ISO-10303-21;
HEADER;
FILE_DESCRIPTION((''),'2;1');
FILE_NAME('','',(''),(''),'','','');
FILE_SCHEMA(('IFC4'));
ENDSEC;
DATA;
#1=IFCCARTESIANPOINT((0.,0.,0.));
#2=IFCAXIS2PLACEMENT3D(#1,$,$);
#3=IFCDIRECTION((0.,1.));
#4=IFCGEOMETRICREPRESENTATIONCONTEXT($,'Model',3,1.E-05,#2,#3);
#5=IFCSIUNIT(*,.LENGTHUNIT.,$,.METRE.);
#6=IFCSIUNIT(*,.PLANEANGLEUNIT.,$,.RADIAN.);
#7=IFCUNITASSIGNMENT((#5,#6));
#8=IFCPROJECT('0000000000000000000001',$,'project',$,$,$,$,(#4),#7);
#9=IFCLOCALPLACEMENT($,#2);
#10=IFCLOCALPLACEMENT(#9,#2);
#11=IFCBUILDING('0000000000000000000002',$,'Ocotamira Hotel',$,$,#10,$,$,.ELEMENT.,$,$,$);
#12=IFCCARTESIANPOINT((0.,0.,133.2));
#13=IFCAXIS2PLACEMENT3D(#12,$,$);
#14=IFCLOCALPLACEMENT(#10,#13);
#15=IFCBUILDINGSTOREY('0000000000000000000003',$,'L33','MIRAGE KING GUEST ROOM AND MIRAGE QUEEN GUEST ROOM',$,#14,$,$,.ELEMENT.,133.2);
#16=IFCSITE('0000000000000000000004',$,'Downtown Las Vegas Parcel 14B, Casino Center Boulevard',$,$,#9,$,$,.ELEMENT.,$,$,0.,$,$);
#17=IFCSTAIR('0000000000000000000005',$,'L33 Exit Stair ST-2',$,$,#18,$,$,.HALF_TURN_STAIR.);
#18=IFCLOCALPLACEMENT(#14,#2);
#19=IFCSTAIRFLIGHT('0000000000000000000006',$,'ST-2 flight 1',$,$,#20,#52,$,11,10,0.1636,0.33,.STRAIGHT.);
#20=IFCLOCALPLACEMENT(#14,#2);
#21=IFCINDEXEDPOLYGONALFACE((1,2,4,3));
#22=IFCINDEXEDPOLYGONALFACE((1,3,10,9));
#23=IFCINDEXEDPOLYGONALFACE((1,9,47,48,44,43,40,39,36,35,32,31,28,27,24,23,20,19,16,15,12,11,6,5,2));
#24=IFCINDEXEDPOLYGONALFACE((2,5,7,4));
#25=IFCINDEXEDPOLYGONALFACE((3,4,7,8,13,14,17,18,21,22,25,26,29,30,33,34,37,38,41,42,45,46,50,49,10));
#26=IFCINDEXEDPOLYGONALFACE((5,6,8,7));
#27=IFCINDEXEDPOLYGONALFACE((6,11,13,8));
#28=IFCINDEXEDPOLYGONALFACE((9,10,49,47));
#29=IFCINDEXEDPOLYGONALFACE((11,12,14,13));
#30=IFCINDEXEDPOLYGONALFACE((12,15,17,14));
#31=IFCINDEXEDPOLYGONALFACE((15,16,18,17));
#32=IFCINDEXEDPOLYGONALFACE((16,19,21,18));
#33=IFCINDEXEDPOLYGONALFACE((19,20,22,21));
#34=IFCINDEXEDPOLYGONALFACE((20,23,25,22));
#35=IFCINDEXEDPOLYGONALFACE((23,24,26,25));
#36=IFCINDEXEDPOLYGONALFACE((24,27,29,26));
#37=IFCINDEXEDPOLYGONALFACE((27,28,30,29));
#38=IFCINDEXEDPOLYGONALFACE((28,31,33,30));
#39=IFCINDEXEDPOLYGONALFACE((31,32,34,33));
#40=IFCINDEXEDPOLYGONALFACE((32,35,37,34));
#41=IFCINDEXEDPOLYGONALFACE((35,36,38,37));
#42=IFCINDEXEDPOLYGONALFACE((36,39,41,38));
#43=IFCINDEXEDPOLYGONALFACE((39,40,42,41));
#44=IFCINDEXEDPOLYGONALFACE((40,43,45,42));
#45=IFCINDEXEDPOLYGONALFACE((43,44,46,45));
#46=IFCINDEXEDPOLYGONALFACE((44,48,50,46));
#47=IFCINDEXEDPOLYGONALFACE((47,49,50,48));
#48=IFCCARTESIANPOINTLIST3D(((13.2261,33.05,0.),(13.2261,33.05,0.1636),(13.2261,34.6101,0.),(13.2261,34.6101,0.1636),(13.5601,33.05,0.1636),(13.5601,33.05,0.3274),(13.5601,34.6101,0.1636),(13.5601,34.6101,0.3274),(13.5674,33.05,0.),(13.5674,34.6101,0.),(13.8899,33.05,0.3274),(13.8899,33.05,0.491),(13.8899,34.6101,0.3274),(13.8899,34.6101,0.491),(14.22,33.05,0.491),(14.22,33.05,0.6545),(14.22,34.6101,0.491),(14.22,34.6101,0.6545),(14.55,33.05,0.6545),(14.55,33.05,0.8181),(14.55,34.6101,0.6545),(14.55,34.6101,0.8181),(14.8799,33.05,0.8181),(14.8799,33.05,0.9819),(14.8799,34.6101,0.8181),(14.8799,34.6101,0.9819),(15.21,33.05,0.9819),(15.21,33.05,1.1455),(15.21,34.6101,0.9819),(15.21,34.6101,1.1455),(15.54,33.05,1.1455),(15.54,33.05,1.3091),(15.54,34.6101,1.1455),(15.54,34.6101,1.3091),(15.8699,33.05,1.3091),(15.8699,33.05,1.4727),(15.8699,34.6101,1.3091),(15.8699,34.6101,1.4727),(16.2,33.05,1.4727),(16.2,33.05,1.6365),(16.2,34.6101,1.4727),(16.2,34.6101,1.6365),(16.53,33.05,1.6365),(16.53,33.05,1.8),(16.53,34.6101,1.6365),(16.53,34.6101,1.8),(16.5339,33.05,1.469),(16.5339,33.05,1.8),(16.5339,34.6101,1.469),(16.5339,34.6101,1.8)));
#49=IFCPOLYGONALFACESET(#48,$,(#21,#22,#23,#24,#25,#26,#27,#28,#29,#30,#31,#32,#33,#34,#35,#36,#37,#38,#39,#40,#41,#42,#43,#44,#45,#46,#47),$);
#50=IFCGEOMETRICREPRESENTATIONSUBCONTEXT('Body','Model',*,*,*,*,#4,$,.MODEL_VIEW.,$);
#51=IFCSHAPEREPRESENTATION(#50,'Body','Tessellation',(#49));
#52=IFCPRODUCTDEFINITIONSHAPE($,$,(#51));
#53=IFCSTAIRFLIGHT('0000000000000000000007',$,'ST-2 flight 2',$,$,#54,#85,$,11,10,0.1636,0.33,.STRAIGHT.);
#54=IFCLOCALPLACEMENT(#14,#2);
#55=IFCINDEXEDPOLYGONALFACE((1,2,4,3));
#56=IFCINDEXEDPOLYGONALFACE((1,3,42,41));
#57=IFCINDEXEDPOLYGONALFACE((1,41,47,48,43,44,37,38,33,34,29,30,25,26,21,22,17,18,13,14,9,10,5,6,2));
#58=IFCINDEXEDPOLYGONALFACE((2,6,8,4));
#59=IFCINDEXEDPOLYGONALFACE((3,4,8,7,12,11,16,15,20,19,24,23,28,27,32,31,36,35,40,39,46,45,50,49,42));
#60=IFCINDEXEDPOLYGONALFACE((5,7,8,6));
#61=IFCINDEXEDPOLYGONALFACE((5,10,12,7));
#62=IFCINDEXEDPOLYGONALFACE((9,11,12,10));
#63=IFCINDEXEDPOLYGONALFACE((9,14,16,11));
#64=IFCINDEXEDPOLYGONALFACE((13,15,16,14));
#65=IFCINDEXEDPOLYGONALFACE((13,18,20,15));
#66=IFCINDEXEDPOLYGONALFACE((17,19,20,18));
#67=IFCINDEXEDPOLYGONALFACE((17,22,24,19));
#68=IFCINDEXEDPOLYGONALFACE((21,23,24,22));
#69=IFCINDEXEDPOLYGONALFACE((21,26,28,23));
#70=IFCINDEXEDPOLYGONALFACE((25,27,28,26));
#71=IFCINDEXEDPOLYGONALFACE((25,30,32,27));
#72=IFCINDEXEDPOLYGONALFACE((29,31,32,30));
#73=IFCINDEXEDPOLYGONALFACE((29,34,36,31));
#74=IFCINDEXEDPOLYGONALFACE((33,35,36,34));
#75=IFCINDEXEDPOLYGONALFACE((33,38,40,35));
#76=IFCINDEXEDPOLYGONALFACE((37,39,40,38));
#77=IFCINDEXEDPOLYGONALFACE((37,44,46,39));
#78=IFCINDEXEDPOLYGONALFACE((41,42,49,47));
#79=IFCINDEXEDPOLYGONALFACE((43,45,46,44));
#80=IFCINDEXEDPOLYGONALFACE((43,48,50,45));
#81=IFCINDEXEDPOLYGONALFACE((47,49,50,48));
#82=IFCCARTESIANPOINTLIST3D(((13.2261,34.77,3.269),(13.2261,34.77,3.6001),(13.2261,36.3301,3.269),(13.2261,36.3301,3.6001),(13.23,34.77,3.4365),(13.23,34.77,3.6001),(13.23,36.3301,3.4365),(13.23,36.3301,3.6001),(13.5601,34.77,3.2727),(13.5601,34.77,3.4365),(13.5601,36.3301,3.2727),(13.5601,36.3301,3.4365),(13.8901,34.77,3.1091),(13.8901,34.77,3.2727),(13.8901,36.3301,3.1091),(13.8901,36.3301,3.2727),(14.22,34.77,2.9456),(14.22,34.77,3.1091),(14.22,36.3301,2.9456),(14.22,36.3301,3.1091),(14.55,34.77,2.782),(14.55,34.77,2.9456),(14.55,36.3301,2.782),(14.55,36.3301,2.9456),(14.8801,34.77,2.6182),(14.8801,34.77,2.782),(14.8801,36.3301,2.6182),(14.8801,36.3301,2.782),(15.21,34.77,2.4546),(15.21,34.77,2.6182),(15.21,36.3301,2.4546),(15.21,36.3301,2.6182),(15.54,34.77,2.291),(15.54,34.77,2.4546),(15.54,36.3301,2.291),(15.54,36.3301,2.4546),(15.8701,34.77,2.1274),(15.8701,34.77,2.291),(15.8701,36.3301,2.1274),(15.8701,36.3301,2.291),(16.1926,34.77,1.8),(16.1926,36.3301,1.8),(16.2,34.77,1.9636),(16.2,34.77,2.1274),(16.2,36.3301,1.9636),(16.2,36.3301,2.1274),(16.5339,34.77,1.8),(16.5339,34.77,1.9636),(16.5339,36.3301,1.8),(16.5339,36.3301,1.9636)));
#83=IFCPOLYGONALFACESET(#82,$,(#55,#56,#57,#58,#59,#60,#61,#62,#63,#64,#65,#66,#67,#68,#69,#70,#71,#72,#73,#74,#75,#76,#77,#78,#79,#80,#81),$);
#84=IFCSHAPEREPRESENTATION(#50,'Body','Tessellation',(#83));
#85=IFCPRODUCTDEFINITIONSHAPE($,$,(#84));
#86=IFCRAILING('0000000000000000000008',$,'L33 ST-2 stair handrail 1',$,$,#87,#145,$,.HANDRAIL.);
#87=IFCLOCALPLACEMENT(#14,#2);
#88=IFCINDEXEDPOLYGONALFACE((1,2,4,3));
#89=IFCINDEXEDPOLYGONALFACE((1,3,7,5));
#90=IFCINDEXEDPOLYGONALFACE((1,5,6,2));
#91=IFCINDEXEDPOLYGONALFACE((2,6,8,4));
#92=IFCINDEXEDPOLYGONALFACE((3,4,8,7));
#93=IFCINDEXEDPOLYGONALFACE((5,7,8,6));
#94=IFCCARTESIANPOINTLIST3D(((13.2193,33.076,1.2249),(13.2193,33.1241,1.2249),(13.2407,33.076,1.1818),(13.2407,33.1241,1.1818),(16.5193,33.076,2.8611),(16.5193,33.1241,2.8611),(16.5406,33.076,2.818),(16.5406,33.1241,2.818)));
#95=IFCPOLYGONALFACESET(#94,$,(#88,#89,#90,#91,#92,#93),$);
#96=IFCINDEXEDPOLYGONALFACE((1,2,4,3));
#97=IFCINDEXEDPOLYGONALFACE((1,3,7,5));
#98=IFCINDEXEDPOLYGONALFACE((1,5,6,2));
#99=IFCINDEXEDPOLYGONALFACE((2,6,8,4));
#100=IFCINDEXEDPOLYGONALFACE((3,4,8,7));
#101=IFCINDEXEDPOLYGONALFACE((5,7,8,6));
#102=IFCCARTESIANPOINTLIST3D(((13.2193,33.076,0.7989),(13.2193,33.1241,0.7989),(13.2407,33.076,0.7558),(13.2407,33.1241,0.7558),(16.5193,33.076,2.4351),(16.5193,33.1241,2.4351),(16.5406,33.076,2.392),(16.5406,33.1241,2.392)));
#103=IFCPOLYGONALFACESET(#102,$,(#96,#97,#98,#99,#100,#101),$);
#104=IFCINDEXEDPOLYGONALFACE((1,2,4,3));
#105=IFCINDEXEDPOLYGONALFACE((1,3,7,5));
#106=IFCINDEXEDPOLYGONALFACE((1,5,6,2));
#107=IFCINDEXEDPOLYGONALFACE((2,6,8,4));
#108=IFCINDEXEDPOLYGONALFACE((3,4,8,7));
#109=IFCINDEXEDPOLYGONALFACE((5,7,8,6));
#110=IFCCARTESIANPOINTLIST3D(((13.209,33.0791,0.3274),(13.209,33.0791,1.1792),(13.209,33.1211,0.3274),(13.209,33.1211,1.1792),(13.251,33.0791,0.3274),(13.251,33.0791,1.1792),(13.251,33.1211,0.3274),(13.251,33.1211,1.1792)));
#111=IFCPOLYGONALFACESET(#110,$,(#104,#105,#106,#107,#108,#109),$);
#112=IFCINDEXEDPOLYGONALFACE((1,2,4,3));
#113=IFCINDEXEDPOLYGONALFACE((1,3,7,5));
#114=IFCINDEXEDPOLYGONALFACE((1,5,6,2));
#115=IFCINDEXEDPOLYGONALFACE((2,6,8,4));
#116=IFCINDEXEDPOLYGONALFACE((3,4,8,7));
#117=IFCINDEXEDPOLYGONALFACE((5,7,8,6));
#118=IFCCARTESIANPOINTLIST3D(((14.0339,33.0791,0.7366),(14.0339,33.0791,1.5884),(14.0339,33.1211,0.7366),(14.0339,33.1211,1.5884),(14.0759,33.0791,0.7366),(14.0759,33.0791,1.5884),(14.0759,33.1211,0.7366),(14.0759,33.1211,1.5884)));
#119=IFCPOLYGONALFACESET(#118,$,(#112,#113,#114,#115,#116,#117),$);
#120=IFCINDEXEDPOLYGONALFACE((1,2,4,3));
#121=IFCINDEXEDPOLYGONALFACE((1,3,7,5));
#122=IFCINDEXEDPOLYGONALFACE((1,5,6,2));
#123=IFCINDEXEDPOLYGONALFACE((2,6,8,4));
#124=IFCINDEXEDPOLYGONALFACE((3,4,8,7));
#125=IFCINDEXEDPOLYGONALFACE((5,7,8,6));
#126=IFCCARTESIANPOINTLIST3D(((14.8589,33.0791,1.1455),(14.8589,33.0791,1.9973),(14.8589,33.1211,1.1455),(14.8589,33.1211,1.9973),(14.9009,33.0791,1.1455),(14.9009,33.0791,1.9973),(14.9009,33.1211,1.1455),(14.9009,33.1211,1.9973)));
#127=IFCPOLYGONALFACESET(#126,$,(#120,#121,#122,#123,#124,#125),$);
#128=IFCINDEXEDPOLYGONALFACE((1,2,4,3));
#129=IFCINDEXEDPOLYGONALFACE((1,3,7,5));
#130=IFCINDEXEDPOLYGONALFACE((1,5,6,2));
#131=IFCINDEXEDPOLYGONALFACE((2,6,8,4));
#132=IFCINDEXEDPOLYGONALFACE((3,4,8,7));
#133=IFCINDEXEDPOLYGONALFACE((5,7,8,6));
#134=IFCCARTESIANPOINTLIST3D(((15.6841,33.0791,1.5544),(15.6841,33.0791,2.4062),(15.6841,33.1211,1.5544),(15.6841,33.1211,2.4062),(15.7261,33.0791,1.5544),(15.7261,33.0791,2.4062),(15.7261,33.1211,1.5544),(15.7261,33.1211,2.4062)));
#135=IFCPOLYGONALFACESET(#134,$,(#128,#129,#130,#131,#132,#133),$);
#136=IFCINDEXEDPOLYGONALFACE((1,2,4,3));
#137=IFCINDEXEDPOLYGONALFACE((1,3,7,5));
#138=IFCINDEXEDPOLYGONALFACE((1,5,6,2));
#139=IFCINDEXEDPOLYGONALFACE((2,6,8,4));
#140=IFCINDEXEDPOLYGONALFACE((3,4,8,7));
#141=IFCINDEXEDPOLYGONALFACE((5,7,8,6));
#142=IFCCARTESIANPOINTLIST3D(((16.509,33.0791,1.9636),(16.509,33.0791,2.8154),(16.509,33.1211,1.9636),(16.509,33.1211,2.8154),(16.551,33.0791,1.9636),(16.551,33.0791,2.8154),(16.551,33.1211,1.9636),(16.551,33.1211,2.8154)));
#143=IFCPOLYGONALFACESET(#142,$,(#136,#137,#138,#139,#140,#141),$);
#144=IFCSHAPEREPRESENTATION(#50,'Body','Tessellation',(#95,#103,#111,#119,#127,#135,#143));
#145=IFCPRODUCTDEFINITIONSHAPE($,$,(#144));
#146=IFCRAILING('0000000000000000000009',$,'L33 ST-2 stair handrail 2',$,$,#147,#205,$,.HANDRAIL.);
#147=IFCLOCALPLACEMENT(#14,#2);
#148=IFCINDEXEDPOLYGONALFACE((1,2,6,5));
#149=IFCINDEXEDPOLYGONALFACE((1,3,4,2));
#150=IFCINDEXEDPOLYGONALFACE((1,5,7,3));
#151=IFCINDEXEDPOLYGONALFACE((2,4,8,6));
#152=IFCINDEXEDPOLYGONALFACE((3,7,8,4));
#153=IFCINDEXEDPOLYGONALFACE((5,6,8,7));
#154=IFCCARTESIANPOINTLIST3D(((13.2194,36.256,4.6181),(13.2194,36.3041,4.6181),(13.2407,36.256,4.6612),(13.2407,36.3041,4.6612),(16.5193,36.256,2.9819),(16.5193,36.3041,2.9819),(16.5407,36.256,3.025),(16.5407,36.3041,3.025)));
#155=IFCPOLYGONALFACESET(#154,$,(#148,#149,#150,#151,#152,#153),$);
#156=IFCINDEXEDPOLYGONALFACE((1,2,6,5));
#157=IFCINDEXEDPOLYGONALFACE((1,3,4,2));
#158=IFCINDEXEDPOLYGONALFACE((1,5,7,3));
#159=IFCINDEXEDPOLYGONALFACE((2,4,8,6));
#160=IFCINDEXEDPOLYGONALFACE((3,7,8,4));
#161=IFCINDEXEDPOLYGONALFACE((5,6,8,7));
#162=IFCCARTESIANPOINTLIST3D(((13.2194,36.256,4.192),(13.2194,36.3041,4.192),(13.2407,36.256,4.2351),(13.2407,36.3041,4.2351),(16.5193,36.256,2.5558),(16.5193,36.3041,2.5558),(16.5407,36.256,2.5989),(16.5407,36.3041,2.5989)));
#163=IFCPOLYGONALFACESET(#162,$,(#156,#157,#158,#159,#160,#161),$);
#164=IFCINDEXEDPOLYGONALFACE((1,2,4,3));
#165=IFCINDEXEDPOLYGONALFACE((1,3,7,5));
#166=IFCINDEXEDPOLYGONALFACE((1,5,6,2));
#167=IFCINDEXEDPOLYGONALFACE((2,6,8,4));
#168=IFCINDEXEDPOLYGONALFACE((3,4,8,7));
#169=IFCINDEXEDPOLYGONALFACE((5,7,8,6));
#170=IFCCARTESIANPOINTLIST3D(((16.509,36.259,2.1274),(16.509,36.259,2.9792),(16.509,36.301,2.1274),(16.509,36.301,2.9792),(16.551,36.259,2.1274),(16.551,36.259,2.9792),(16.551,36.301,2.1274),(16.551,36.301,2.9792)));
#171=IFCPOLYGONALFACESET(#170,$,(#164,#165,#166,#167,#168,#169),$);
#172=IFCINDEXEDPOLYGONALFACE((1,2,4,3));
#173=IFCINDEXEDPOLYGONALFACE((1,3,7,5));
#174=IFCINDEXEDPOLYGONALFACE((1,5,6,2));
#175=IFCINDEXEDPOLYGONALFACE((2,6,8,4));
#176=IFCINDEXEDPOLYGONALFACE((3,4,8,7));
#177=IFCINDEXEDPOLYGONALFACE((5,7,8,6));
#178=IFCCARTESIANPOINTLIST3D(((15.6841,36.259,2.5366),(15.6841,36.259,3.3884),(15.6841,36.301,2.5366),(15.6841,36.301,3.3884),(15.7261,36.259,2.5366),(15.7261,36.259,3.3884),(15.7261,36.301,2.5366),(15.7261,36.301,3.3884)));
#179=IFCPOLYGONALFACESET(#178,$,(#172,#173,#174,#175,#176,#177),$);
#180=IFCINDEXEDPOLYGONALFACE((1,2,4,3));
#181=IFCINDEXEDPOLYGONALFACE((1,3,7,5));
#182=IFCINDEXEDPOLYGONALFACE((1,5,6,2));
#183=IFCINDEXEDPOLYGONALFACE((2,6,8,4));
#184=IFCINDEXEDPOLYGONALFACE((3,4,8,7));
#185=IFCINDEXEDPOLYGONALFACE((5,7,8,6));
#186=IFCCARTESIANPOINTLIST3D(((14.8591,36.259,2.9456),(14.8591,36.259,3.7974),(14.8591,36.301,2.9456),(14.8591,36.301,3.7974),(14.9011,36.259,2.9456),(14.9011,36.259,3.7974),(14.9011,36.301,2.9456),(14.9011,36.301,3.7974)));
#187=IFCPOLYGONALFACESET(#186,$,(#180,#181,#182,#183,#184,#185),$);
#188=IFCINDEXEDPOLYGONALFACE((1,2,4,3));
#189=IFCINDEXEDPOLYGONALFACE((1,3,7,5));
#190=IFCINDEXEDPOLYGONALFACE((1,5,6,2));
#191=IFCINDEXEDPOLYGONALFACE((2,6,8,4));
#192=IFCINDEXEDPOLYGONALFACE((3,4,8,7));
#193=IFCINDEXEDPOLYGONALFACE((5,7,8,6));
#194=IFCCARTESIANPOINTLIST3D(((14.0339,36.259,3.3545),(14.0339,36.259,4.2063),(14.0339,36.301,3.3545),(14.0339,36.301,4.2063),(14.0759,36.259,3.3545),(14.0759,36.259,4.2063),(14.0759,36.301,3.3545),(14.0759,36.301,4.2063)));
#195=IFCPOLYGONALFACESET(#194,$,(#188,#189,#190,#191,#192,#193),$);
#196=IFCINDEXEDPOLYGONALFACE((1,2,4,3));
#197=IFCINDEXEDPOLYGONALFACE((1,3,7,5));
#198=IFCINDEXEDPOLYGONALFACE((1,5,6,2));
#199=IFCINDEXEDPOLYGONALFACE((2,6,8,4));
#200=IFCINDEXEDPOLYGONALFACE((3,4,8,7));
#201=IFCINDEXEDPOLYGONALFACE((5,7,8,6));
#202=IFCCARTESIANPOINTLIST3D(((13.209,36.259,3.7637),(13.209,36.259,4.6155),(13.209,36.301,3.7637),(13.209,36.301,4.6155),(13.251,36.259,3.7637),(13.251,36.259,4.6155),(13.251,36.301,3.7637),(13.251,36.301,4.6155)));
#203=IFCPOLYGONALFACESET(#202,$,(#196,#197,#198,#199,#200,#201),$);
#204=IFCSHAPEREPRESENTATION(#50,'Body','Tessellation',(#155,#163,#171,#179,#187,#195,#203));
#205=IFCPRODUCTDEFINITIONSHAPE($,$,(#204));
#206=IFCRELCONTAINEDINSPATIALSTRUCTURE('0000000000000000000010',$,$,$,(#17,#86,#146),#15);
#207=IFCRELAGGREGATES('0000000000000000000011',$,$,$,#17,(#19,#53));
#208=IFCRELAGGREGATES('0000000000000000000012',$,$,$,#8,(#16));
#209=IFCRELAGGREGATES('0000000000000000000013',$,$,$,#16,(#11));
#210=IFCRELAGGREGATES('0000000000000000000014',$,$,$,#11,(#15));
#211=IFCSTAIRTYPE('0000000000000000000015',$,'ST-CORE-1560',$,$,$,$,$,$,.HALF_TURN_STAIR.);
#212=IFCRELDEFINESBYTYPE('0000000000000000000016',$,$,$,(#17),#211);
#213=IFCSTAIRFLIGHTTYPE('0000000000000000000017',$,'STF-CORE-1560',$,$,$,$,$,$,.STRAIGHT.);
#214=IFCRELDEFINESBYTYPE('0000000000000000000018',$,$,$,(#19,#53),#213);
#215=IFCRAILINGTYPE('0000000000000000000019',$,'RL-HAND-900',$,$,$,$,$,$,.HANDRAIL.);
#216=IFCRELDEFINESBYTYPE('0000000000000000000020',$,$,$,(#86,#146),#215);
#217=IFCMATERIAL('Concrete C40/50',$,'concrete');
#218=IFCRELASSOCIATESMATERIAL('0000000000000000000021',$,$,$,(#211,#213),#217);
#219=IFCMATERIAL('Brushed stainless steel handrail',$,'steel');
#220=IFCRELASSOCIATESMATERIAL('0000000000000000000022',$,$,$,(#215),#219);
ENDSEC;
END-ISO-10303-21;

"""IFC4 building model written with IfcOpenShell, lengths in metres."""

from ifc_helpers import new_model, si_unit, direction, frame, origin, origin_2d, place, context, subcontext, project, spatial, polyline, rectangle, outline, extrude, source, transform, mapped, material, type_object, element, aggregate, save


model = new_model("IFC4")

# Units and contexts
model_context = context("Model", 3, precision=1e-05, world=origin(), true_north=direction((0.0, 1.0)))
body_context = subcontext(model_context, "Body", "Model", "MODEL_VIEW")
ifc_project = project(units=[si_unit("LENGTHUNIT", "METRE"), si_unit("PLANEANGLEUNIT", "RADIAN")], contexts=[model_context])

# Site, building, storey
site_placement = place(None, origin())
site = spatial("IfcSite", under=ifc_project, at=site_placement, Name="Downtown Las Vegas Parcel 14B, Casino Center Boulevard", CompositionType="ELEMENT", RefElevation=0.0)
building_placement = place(site_placement, origin())
building = spatial("IfcBuilding", under=site, at=building_placement, Name="Ocotamira Hotel", CompositionType="ELEMENT")
storey_placement = place(building_placement, frame((0.0, 0.0, 133.2)))
storey = spatial("IfcBuildingStorey", under=building, at=storey_placement, Name="L33", Description="MIRAGE KING GUEST ROOM AND MIRAGE QUEEN GUEST ROOM", CompositionType="ELEMENT", Elevation=133.2)

# Stair, stair flights
ifc_material_1 = material(Name="Concrete C40/50", Category="concrete")
stair_type = type_object("IfcStairType", Name="ST-CORE-1560", PredefinedType="HALF_TURN_STAIR", material=ifc_material_1)
stair_placement = place(storey_placement, origin())
stair = element("IfcStair", 1, at=stair_placement, inside=storey, type_object=stair_type, Name="L33 Exit Stair ST-2", PredefinedType="HALF_TURN_STAIR")
stair_flight_type = type_object("IfcStairFlightType", Name="STF-CORE-1560", PredefinedType="STRAIGHT", material=ifc_material_1)
shared_shape_1 = source(origin(), body_context, "Body", "SweptSolid", [
    extrude(outline(polyline([(-0.0039, 0.0), (-0.0039, 0.1636), (0.3301, 0.1636), (0.3301, 0.3274), (0.6599, 0.3274), (0.6599, 0.491), (0.99, 0.491), (0.99, 0.6545), (1.3201, 0.6545), (1.3201, 0.8181), (1.6499, 0.8181), (1.6499, 0.9819), (1.98, 0.9819), (1.98, 1.1455), (2.3101, 1.1455), (2.3101, 1.3091), (2.6399, 1.3091), (2.6399, 1.4727), (2.97, 1.4727), (2.97, 1.6365), (3.3, 1.6365), (3.3, 1.8), (3.304, 1.8), (3.304, 1.469), (0.3374, 0.0), (-0.0039, 0.0)])), frame((0.0, 0.78, 0.0), z_axis=(0.0, -1.0, 0.0), x_axis=(1.0, 0.0, 0.0)), (0.0, 0.0, 1.0), 1.5601),
])
stair_flight_1_placement = place(storey_placement, frame((13.23, 33.8301, 0.0), z_axis=(0.0, 0.0, 1.0), x_axis=(1.0, 0.0, 0.0)))
stair_flight_1 = element("IfcStairFlight", 2, at=stair_flight_1_placement, type_object=stair_flight_type, Name="ST-2 flight 1", NumberOfRisers=11, NumberOfTreads=10, PredefinedType="STRAIGHT", RiserHeight=0.1636, TreadLength=0.33, context=body_context, shape_type="MappedRepresentation", body=[
    mapped(shared_shape_1, transform((0.0, 0.0, 0.0), scale=1.0)),
])
stair_flight_2_placement = place(storey_placement, frame((16.53, 35.55, 1.8), z_axis=(0.0, 0.0, 1.0), x_axis=(-1.0, 0.0, 0.0)))
stair_flight_2 = element("IfcStairFlight", 3, at=stair_flight_2_placement, type_object=stair_flight_type, Name="ST-2 flight 2", NumberOfRisers=11, NumberOfTreads=10, PredefinedType="STRAIGHT", RiserHeight=0.1636, TreadLength=0.33, context=body_context, shape_type="MappedRepresentation", body=[
    mapped(shared_shape_1, transform((0.0, 0.0, 0.0), scale=1.0)),
])
aggregate(stair, [stair_flight_1, stair_flight_2])

# Railings
ifc_material_2 = material(Name="Brushed stainless steel handrail", Category="steel")
railing_type_1 = type_object("IfcRailingType", Name="RL-HAND-900", PredefinedType="HANDRAIL", material=ifc_material_2)
railing_1_placement = place(storey_placement, frame((13.23, 33.1001, 0.3274)))
element("IfcRailing", 4, at=railing_1_placement, inside=storey, type_object=railing_type_1, Name="L33 ST-2 stair handrail 1", PredefinedType="HANDRAIL", context=body_context, shape_type="SweptSolid", body=[
    extrude(rectangle(XDim=0.0481, YDim=0.0481, at=origin_2d()), frame((0.0, 0.0, 0.876), z_axis=(0.89592, 0.0, 0.444215), x_axis=(0.0, 1.0, 0.0)), (0.0, 0.0, 1.0), 3.6833),
    extrude(rectangle(XDim=0.0481, YDim=0.0481, at=origin_2d()), frame((0.0, 0.0, 0.45), z_axis=(0.89592, 0.0, 0.444215), x_axis=(0.0, 1.0, 0.0)), (0.0, 0.0, 1.0), 3.6833),
    extrude(rectangle(XDim=0.042, YDim=0.042, at=origin_2d()), origin(), (0.0, 0.0, 1.0), 0.8518),
    extrude(rectangle(XDim=0.042, YDim=0.042, at=origin_2d()), frame((0.825, 0.0, 0.4092)), (0.0, 0.0, 1.0), 0.8518),
    extrude(rectangle(XDim=0.042, YDim=0.042, at=origin_2d()), frame((1.6499, 0.0, 0.8181)), (0.0, 0.0, 1.0), 0.8518),
    extrude(rectangle(XDim=0.042, YDim=0.042, at=origin_2d()), frame((2.4751, 0.0, 1.2271)), (0.0, 0.0, 1.0), 0.8518),
    extrude(rectangle(XDim=0.042, YDim=0.042, at=origin_2d()), frame((3.3, 0.0, 1.6362)), (0.0, 0.0, 1.0), 0.8518),
])
railing_2_placement = place(storey_placement, frame((16.53, 36.28, 2.1274)))
element("IfcRailing", 5, at=railing_2_placement, inside=storey, type_object=railing_type_1, Name="L33 ST-2 stair handrail 2", PredefinedType="HANDRAIL", context=body_context, shape_type="SweptSolid", body=[
    extrude(rectangle(XDim=0.0481, YDim=0.0481, at=origin_2d()), frame((0.0, 0.0, 0.876), z_axis=(-0.89592, 0.0, 0.444215), x_axis=(0.0, -1.0, 0.0)), (0.0, 0.0, 1.0), 3.6833),
    extrude(rectangle(XDim=0.0481, YDim=0.0481, at=origin_2d()), frame((0.0, 0.0, 0.45), z_axis=(-0.89592, 0.0, 0.444215), x_axis=(0.0, -1.0, 0.0)), (0.0, 0.0, 1.0), 3.6833),
    extrude(rectangle(XDim=0.042, YDim=0.042, at=origin_2d()), origin(), (0.0, 0.0, 1.0), 0.8518),
    extrude(rectangle(XDim=0.042, YDim=0.042, at=origin_2d()), frame((-0.825, 0.0, 0.4092)), (0.0, 0.0, 1.0), 0.8518),
    extrude(rectangle(XDim=0.042, YDim=0.042, at=origin_2d()), frame((-1.6499, 0.0, 0.8181)), (0.0, 0.0, 1.0), 0.8518),
    extrude(rectangle(XDim=0.042, YDim=0.042, at=origin_2d()), frame((-2.4751, 0.0, 1.2271)), (0.0, 0.0, 1.0), 0.8518),
    extrude(rectangle(XDim=0.042, YDim=0.042, at=origin_2d()), frame((-3.3, 0.0, 1.6362)), (0.0, 0.0, 1.0), 0.8518),
])

save(model, "model.ifc")
